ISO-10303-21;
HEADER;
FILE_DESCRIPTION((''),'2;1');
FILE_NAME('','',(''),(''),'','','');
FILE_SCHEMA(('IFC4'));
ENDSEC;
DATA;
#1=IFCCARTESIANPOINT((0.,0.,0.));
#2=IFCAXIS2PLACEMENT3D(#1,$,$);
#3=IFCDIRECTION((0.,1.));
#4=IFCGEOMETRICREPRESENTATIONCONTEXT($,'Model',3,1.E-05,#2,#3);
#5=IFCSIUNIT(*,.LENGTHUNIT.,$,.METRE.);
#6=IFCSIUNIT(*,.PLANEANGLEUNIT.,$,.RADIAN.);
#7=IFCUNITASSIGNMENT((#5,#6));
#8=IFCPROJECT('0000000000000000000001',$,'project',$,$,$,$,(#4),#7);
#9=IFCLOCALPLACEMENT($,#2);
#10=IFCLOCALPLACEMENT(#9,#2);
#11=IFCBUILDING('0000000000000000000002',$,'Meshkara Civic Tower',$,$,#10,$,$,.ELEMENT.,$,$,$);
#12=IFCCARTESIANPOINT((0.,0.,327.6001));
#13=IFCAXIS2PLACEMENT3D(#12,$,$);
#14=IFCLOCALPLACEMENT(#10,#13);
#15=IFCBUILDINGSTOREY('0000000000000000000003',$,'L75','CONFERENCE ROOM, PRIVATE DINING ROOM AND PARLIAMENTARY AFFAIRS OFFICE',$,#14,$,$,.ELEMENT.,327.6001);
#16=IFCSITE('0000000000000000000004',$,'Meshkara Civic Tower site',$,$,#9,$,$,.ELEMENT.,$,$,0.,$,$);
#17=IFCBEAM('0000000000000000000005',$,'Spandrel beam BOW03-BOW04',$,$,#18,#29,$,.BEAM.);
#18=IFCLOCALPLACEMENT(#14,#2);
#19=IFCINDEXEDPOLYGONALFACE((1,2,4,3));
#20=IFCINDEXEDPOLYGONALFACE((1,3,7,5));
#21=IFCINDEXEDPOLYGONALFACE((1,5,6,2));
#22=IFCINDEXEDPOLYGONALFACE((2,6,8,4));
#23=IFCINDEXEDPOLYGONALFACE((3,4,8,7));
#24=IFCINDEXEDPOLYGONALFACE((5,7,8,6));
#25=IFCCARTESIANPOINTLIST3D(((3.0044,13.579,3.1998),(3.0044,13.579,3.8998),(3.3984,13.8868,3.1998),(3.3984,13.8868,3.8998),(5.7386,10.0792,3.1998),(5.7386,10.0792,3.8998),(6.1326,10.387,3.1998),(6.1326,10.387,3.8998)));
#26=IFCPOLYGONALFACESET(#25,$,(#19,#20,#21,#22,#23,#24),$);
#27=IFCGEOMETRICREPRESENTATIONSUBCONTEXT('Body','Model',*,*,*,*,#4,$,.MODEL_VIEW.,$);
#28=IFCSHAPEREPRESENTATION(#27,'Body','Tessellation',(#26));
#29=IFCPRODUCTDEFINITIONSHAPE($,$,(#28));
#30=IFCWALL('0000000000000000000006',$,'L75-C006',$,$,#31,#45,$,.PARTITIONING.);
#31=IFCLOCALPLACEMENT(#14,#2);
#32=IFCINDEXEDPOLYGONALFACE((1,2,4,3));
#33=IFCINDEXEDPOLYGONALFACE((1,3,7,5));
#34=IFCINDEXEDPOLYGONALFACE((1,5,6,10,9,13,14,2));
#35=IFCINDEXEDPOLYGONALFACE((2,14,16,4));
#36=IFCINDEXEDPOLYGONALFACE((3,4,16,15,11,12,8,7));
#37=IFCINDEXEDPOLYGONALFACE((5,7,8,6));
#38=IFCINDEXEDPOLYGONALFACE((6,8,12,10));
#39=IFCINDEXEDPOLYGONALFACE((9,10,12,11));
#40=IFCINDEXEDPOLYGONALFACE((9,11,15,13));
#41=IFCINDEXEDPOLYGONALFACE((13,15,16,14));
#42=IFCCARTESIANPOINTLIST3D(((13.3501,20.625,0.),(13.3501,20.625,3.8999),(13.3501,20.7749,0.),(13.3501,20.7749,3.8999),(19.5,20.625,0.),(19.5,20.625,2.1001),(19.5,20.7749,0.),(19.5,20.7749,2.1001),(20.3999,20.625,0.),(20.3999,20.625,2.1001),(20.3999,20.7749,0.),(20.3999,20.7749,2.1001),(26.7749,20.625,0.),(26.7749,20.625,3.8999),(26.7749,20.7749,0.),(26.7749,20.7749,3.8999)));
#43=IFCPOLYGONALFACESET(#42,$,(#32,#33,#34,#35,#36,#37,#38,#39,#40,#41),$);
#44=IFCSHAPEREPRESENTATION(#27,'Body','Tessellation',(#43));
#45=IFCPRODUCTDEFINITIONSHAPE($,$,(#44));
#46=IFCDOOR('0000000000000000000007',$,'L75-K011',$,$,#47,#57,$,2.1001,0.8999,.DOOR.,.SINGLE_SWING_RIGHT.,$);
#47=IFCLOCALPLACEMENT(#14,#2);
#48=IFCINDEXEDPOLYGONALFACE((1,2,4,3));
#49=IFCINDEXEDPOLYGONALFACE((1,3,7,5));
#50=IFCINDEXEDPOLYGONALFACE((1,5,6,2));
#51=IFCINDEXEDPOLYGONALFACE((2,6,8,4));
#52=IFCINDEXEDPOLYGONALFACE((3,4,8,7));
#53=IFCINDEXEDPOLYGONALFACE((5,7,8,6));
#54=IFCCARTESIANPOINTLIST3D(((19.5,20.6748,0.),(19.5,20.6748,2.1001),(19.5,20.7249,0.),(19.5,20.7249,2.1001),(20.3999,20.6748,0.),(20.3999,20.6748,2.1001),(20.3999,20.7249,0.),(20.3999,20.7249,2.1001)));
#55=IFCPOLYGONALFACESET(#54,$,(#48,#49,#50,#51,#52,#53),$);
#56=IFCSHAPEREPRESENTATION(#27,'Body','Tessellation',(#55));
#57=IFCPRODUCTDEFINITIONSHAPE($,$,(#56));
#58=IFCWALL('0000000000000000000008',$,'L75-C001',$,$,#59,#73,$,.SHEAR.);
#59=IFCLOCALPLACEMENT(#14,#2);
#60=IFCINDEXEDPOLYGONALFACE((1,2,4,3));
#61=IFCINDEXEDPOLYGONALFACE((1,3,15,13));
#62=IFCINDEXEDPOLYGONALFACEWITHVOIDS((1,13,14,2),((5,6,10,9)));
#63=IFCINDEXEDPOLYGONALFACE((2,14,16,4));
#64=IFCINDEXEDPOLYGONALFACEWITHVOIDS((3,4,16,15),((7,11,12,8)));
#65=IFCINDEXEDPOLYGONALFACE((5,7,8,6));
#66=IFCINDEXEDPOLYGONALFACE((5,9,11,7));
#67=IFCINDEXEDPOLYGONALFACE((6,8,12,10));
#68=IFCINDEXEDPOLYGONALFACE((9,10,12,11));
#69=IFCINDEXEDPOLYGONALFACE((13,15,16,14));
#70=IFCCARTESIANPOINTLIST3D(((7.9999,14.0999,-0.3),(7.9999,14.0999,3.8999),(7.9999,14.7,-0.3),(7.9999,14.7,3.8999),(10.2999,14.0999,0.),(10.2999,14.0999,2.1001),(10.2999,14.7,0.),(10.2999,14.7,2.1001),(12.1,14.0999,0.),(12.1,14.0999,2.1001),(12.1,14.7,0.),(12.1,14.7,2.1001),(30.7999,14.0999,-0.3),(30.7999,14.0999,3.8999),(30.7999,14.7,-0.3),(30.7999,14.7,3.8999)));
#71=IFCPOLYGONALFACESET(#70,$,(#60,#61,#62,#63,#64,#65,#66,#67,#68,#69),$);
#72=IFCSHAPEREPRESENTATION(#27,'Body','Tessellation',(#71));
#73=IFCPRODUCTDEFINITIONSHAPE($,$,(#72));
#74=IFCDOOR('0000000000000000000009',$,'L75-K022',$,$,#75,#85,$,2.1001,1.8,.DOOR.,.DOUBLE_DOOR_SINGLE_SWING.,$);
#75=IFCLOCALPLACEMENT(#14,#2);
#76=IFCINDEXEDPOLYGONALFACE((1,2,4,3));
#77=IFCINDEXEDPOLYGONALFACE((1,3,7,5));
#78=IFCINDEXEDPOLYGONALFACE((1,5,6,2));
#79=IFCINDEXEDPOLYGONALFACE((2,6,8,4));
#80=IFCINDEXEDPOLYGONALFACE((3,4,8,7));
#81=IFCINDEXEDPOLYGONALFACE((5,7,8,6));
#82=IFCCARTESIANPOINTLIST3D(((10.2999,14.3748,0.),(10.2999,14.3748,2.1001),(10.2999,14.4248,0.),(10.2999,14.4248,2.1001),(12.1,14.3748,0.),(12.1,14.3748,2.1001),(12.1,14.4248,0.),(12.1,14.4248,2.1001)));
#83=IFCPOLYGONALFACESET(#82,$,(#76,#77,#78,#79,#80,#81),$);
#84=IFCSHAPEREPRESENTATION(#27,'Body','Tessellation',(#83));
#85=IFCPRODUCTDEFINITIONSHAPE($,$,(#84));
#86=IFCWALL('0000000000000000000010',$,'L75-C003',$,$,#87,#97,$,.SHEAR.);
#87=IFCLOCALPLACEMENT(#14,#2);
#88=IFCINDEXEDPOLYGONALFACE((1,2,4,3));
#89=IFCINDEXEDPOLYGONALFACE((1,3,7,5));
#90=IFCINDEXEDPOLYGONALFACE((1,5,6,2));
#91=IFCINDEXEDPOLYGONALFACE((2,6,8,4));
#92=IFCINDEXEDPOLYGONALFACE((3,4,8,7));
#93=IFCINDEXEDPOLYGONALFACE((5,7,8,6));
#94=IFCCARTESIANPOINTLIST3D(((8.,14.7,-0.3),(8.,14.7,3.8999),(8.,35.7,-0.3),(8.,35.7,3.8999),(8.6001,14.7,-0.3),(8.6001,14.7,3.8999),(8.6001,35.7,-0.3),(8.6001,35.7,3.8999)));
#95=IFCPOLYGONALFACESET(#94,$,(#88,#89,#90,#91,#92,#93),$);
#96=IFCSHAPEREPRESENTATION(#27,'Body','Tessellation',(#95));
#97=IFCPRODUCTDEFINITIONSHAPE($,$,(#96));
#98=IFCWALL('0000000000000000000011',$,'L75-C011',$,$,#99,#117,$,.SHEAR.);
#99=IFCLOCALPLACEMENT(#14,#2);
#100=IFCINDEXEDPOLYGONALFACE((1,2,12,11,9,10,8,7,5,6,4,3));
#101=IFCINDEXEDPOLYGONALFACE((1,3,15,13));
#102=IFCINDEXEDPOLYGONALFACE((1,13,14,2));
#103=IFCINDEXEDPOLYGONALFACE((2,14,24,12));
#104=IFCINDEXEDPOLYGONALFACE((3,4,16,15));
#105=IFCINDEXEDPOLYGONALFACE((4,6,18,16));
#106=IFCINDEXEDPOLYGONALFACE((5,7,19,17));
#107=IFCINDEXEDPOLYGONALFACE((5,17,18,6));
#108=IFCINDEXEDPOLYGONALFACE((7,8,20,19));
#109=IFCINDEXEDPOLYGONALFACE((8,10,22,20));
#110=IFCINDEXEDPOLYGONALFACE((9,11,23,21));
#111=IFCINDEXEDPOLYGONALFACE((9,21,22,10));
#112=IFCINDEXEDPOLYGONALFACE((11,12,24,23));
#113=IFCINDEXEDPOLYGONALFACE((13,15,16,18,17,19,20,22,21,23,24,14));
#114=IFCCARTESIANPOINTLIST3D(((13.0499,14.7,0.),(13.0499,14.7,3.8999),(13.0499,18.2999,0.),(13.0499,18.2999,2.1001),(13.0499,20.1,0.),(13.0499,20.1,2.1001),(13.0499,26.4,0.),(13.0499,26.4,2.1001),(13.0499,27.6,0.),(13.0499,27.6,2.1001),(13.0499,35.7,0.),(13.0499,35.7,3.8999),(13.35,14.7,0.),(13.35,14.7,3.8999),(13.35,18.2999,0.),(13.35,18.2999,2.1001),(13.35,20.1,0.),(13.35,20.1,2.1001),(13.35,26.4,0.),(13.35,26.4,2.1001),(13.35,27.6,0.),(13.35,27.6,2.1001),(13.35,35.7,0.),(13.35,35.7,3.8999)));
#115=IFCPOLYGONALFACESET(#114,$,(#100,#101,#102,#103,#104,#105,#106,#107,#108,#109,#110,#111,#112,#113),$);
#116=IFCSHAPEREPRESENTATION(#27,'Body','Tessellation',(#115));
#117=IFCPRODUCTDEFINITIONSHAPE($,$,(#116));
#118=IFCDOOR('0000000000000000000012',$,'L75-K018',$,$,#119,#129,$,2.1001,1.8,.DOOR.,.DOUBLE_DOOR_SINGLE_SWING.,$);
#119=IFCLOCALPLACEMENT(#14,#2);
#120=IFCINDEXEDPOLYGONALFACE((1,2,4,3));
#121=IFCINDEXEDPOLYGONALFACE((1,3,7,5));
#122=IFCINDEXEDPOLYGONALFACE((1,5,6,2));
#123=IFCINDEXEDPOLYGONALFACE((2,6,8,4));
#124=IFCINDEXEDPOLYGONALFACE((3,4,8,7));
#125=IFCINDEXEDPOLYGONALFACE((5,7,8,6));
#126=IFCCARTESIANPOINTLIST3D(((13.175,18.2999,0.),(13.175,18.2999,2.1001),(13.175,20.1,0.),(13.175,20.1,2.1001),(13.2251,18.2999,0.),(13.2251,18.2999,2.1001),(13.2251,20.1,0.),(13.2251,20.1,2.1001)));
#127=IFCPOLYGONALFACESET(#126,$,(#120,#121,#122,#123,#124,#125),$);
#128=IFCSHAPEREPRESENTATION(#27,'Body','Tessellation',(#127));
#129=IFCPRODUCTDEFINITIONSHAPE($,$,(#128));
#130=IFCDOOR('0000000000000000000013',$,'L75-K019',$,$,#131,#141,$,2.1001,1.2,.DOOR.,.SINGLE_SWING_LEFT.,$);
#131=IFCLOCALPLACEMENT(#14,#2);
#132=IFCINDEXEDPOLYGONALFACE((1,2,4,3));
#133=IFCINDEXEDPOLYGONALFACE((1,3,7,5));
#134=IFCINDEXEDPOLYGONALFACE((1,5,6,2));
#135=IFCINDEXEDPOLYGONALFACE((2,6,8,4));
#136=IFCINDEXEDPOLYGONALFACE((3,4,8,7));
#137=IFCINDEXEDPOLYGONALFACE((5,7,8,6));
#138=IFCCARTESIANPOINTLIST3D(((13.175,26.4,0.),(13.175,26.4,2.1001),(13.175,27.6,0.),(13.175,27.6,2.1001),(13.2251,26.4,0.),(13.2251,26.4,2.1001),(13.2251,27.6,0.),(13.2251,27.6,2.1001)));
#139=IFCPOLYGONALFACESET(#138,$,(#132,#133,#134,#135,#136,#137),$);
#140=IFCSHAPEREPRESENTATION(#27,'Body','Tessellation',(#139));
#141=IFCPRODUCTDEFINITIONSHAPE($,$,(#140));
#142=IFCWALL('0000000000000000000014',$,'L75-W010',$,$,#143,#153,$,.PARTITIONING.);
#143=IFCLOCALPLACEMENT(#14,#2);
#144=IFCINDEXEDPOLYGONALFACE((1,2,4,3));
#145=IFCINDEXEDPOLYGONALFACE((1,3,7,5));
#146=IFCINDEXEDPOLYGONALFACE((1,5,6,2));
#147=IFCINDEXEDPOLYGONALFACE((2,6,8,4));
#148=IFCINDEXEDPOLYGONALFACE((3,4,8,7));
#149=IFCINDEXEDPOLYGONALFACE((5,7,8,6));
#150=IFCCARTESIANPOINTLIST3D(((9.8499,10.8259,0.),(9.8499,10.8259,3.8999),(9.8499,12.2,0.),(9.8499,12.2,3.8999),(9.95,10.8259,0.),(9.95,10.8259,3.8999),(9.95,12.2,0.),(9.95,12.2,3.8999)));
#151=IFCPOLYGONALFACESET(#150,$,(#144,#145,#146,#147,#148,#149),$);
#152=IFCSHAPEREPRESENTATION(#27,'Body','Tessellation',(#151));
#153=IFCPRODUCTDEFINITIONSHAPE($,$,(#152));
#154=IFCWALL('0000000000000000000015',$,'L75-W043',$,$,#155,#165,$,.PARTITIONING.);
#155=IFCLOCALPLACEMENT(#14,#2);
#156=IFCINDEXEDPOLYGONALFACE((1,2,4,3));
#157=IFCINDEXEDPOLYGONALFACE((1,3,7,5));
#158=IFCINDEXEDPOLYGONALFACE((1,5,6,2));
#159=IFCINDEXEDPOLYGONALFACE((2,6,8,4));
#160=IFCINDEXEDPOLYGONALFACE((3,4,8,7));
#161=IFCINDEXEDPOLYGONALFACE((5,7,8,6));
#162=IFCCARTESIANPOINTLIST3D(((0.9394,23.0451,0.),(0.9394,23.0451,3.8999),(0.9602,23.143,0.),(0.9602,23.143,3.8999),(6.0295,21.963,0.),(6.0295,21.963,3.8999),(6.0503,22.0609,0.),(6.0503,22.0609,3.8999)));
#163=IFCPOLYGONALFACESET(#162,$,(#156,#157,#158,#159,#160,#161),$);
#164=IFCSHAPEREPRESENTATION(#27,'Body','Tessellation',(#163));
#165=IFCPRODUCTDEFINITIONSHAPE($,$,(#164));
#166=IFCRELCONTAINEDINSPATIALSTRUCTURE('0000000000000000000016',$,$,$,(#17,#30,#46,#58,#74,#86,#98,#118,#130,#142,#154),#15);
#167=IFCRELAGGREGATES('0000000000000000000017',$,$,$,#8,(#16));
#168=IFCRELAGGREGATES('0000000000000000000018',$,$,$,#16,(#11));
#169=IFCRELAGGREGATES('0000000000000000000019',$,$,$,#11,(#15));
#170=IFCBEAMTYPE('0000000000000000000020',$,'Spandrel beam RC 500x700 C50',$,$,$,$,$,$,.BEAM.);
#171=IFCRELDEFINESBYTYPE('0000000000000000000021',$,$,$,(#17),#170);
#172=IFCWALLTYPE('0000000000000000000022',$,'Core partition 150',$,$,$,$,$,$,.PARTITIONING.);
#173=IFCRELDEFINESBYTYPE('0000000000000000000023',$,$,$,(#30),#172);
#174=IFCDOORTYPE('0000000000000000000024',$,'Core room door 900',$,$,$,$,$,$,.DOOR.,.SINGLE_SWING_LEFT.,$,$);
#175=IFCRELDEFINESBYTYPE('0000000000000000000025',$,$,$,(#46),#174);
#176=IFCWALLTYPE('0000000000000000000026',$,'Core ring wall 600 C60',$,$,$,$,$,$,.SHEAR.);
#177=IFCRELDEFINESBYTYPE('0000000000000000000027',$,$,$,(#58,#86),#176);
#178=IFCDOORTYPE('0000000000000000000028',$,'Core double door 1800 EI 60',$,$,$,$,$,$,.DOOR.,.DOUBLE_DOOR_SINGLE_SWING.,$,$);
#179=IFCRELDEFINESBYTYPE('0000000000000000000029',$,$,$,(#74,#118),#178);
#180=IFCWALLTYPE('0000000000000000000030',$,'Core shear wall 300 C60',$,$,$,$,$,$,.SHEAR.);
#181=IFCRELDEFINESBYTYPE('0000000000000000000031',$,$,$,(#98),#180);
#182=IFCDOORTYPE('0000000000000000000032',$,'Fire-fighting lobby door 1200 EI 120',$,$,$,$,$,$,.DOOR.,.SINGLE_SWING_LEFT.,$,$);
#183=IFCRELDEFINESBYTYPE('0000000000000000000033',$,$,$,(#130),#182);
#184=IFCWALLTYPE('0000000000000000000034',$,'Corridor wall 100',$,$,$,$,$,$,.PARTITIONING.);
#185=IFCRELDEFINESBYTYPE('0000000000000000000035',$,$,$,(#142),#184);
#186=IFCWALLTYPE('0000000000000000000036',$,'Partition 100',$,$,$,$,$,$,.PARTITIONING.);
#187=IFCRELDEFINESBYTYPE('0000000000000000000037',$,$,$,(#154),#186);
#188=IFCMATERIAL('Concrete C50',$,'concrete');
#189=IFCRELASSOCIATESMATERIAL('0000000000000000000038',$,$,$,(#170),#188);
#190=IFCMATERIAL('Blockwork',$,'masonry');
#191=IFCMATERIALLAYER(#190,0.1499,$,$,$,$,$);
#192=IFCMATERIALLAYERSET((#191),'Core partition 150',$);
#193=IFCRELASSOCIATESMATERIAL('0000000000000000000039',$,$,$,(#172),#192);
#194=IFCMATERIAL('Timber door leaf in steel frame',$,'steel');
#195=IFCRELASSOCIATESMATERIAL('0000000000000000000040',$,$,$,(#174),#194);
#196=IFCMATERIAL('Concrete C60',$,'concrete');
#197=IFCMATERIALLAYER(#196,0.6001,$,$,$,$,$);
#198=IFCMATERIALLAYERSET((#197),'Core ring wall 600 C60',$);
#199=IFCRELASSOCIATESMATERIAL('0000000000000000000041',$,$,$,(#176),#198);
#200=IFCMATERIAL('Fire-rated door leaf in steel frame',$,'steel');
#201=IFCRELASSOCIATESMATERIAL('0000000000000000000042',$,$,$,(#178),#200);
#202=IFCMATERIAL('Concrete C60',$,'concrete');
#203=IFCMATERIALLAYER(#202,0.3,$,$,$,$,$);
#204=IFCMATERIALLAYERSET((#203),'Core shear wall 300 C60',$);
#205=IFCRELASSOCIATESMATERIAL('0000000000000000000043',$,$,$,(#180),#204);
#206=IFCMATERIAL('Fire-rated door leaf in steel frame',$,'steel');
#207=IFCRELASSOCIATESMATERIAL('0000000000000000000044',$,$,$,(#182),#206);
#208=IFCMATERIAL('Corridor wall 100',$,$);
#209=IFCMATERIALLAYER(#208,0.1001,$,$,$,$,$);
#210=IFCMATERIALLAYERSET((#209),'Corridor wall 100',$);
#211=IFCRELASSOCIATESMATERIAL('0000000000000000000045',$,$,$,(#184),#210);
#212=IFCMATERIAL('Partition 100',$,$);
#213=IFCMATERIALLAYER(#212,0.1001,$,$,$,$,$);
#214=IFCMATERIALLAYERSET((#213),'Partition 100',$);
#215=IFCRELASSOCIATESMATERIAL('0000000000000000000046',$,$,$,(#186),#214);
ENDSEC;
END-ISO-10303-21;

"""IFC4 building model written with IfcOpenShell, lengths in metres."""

from ifc_helpers import new_model, si_unit, direction, frame, frame_2d, origin, origin_2d, place, context, subcontext, project, spatial, rectangle, extrude, material, layer, layer_set, material_profile, profile_set, type_object, element, fill, save


model = new_model("IFC4")

# Units and contexts
model_context = context("Model", 3, precision=1e-05, world=origin(), true_north=direction((0.0, 1.0)))
body_context = subcontext(model_context, "Body", "Model", "MODEL_VIEW")
ifc_project = project(units=[si_unit("LENGTHUNIT", "METRE"), si_unit("PLANEANGLEUNIT", "RADIAN")], contexts=[model_context])

# Site, building, storey
site_placement = place(None, origin())
site = spatial("IfcSite", under=ifc_project, at=site_placement, Name="Meshkara Civic Tower site", CompositionType="ELEMENT", RefElevation=0.0)
building_placement = place(site_placement, origin())
building = spatial("IfcBuilding", under=site, at=building_placement, Name="Meshkara Civic Tower", CompositionType="ELEMENT")
storey_placement = place(building_placement, frame((0.0, 0.0, 327.6001)))
storey = spatial("IfcBuildingStorey", under=building, at=storey_placement, Name="L75", Description="CONFERENCE ROOM, PRIVATE DINING ROOM AND PARLIAMENTARY AFFAIRS OFFICE", CompositionType="ELEMENT", Elevation=327.6001)

# Beam
ifc_material_1 = material(Name="Concrete C50", Category="concrete")
ifc_material_profile = material_profile(ifc_material_1, rectangle(XDim=0.5, YDim=0.7, at=origin_2d()))
ifc_profile_set = profile_set([ifc_material_profile], Name="Concrete C50")
beam_type = type_object("IfcBeamType", Name="Spandrel beam RC 500x700 C50", PredefinedType="BEAM", material=ifc_profile_set)
beam_placement = place(storey_placement, frame((3.2014, 13.7329, 3.5498), z_axis=(0.615637, -0.78803, 0.0), x_axis=(0.78803, 0.615637, 0.0)))
element("IfcBeam", 1, at=beam_placement, inside=storey, type_object=beam_type, Name="Spandrel beam BOW03-BOW04", PredefinedType="BEAM", context=body_context, shape_type="SweptSolid", body=[
    extrude(rectangle(XDim=0.5, YDim=0.7, at=origin_2d()), origin(), (0.0, 0.0, 1.0), 4.4412),
])

# Walls, openings, doors
ifc_material_2 = material(Name="Blockwork", Category="masonry")
ifc_layer_1 = layer(ifc_material_2, 0.1499)
ifc_layer_set_1 = layer_set([ifc_layer_1], Name="Core partition 150")
wall_type_1 = type_object("IfcWallType", Name="Core partition 150", PredefinedType="PARTITIONING", material=ifc_layer_set_1)
wall_1_placement = place(storey_placement, frame((13.3501, 20.7, 0.0), z_axis=(0.0, 0.0, 1.0), x_axis=(1.0, 0.0, 0.0)))
wall_1 = element("IfcWall", 2, at=wall_1_placement, inside=storey, type_object=wall_type_1, Name="L75-C006", PredefinedType="PARTITIONING", context=body_context, shape_type="SweptSolid", body=[
    extrude(rectangle(XDim=13.4248, YDim=0.1499, at=frame_2d((6.7124, 0.0))), origin(), (0.0, 0.0, 1.0), 3.8999),
])
opening_1_placement = place(wall_1_placement, frame((6.1499, 0.0, 0.0)))
opening_1 = element("IfcOpeningElement", 3, at=opening_1_placement, cuts=wall_1, PredefinedType="OPENING", context=body_context, shape_type="SweptSolid", body=[
    extrude(rectangle(XDim=0.8999, YDim=2.1001, at=frame_2d((0.45, 1.05))), frame((0.0, 0.085, 0.0), z_axis=(0.0, -1.0, 0.0), x_axis=(1.0, 0.0, 0.0)), (0.0, 0.0, 1.0), 0.1699),
])
ifc_material_3 = material(Name="Timber door leaf in steel frame", Category="steel")
door_type_1 = type_object("IfcDoorType", Name="Core room door 900", OperationType="SINGLE_SWING_LEFT", PredefinedType="DOOR", material=ifc_material_3)
door_1_placement = place(opening_1_placement, origin())
door_1 = element("IfcDoor", 4, at=door_1_placement, inside=storey, type_object=door_type_1, Name="L75-K011", OperationType="SINGLE_SWING_RIGHT", OverallHeight=2.1001, OverallWidth=0.8999, PredefinedType="DOOR", context=body_context, shape_type="SweptSolid", body=[
    extrude(rectangle(XDim=0.8999, YDim=2.1001, at=frame_2d((0.45, 1.05))), frame((0.0, 0.0249, 0.0), z_axis=(0.0, -1.0, 0.0), x_axis=(1.0, 0.0, 0.0)), (0.0, 0.0, 1.0), 0.05),
])
fill(opening_1, door_1)
ifc_material_4 = material(Name="Concrete C60", Category="concrete")
ifc_layer_2 = layer(ifc_material_4, 0.6001)
ifc_layer_set_2 = layer_set([ifc_layer_2], Name="Core ring wall 600 C60")
wall_type_2 = type_object("IfcWallType", Name="Core ring wall 600 C60", PredefinedType="SHEAR", material=ifc_layer_set_2)
wall_2_placement = place(storey_placement, frame((8.0, 14.3999, -0.3), z_axis=(0.0, 0.0, 1.0), x_axis=(1.0, 0.0, 0.0)))
wall_2 = element("IfcWall", 5, at=wall_2_placement, inside=storey, type_object=wall_type_2, Name="L75-C001", PredefinedType="SHEAR", context=body_context, shape_type="SweptSolid", body=[
    extrude(rectangle(XDim=22.8, YDim=0.6001, at=frame_2d((11.3999, 0.0))), origin(), (0.0, 0.0, 1.0), 4.2),
])
opening_2_placement = place(wall_2_placement, frame((2.3, 0.0, 0.3)))
opening_2 = element("IfcOpeningElement", 6, at=opening_2_placement, cuts=wall_2, PredefinedType="OPENING", context=body_context, shape_type="SweptSolid", body=[
    extrude(rectangle(XDim=1.8, YDim=2.1001, at=frame_2d((0.8999, 1.05))), frame((0.0, 0.3101, 0.0), z_axis=(0.0, -1.0, 0.0), x_axis=(1.0, 0.0, 0.0)), (0.0, 0.0, 1.0), 0.6201),
])
ifc_material_5 = material(Name="Fire-rated door leaf in steel frame", Category="steel")
door_type_2 = type_object("IfcDoorType", Name="Core double door 1800 EI 60", OperationType="DOUBLE_DOOR_SINGLE_SWING", PredefinedType="DOOR", material=ifc_material_5)
door_2_placement = place(opening_2_placement, origin())
door_2 = element("IfcDoor", 7, at=door_2_placement, inside=storey, type_object=door_type_2, Name="L75-K022", OperationType="DOUBLE_DOOR_SINGLE_SWING", OverallHeight=2.1001, OverallWidth=1.8, PredefinedType="DOOR", context=body_context, shape_type="SweptSolid", body=[
    extrude(rectangle(XDim=1.8, YDim=2.1001, at=frame_2d((0.8999, 1.05))), frame((0.0, 0.0249, 0.0), z_axis=(0.0, -1.0, 0.0), x_axis=(1.0, 0.0, 0.0)), (0.0, 0.0, 1.0), 0.05),
])
fill(opening_2, door_2)

# Wall
wall_3_placement = place(storey_placement, frame((8.3, 14.7, -0.3), z_axis=(0.0, 0.0, 1.0), x_axis=(0.0, 1.0, 0.0)))
element("IfcWall", 8, at=wall_3_placement, inside=storey, type_object=wall_type_2, Name="L75-C003", PredefinedType="SHEAR", context=body_context, shape_type="SweptSolid", body=[
    extrude(rectangle(XDim=21.0, YDim=0.6001, at=frame_2d((10.5, 0.0))), origin(), (0.0, 0.0, 1.0), 4.2),
])

# Wall, openings, doors
ifc_material_6 = material(Name="Concrete C60", Category="concrete")
ifc_layer_3 = layer(ifc_material_6, 0.3)
ifc_layer_set_3 = layer_set([ifc_layer_3], Name="Core shear wall 300 C60")
wall_type_3 = type_object("IfcWallType", Name="Core shear wall 300 C60", PredefinedType="SHEAR", material=ifc_layer_set_3)
wall_4_placement = place(storey_placement, frame((13.2, 14.7, 0.0), z_axis=(0.0, 0.0, 1.0), x_axis=(0.0, 1.0, 0.0)))
wall_4 = element("IfcWall", 9, at=wall_4_placement, inside=storey, type_object=wall_type_3, Name="L75-C011", PredefinedType="SHEAR", context=body_context, shape_type="SweptSolid", body=[
    extrude(rectangle(XDim=21.0, YDim=0.3, at=frame_2d((10.5, 0.0))), origin(), (0.0, 0.0, 1.0), 3.8999),
])
opening_3_placement = place(wall_4_placement, frame((3.6001, 0.0, 0.0)))
opening_3 = element("IfcOpeningElement", 10, at=opening_3_placement, cuts=wall_4, PredefinedType="OPENING", context=body_context, shape_type="SweptSolid", body=[
    extrude(rectangle(XDim=1.8, YDim=2.1001, at=frame_2d((0.8999, 1.05))), frame((0.0, 0.1599, 0.0), z_axis=(0.0, -1.0, 0.0), x_axis=(1.0, 0.0, 0.0)), (0.0, 0.0, 1.0), 0.3201),
])
opening_4_placement = place(wall_4_placement, frame((11.7, 0.0, 0.0)))
opening_4 = element("IfcOpeningElement", 11, at=opening_4_placement, cuts=wall_4, PredefinedType="OPENING", context=body_context, shape_type="SweptSolid", body=[
    extrude(rectangle(XDim=1.2, YDim=2.1001, at=frame_2d((0.6001, 1.05))), frame((0.0, 0.1599, 0.0), z_axis=(0.0, -1.0, 0.0), x_axis=(1.0, 0.0, 0.0)), (0.0, 0.0, 1.0), 0.3201),
])
door_3_placement = place(opening_3_placement, origin())
door_3 = element("IfcDoor", 12, at=door_3_placement, inside=storey, type_object=door_type_2, Name="L75-K018", OperationType="DOUBLE_DOOR_SINGLE_SWING", OverallHeight=2.1001, OverallWidth=1.8, PredefinedType="DOOR", context=body_context, shape_type="SweptSolid", body=[
    extrude(rectangle(XDim=1.8, YDim=2.1001, at=frame_2d((0.8999, 1.05))), frame((0.0, 0.0249, 0.0), z_axis=(0.0, -1.0, 0.0), x_axis=(1.0, 0.0, 0.0)), (0.0, 0.0, 1.0), 0.05),
])
fill(opening_3, door_3)
ifc_material_7 = material(Name="Fire-rated door leaf in steel frame", Category="steel")
door_type_3 = type_object("IfcDoorType", Name="Fire-fighting lobby door 1200 EI 120", OperationType="SINGLE_SWING_LEFT", PredefinedType="DOOR", material=ifc_material_7)
door_4_placement = place(opening_4_placement, origin())
door_4 = element("IfcDoor", 13, at=door_4_placement, inside=storey, type_object=door_type_3, Name="L75-K019", OperationType="SINGLE_SWING_LEFT", OverallHeight=2.1001, OverallWidth=1.2, PredefinedType="DOOR", context=body_context, shape_type="SweptSolid", body=[
    extrude(rectangle(XDim=1.2, YDim=2.1001, at=frame_2d((0.6001, 1.05))), frame((0.0, 0.0249, 0.0), z_axis=(0.0, -1.0, 0.0), x_axis=(1.0, 0.0, 0.0)), (0.0, 0.0, 1.0), 0.05),
])
fill(opening_4, door_4)

# Walls
ifc_material_8 = material(Name="Corridor wall 100")
ifc_layer_4 = layer(ifc_material_8, 0.1001)
ifc_layer_set_4 = layer_set([ifc_layer_4], Name="Corridor wall 100")
wall_type_4 = type_object("IfcWallType", Name="Corridor wall 100", PredefinedType="PARTITIONING", material=ifc_layer_set_4)
wall_5_placement = place(storey_placement, frame((9.8999, 12.2, 0.0), z_axis=(0.0, 0.0, 1.0), x_axis=(0.0, -1.0, 0.0)))
element("IfcWall", 14, at=wall_5_placement, inside=storey, type_object=wall_type_4, Name="L75-W010", PredefinedType="PARTITIONING", context=body_context, shape_type="SweptSolid", body=[
    extrude(rectangle(XDim=1.374, YDim=0.1001, at=frame_2d((0.687, 0.0))), origin(), (0.0, 0.0, 1.0), 3.8999),
])
ifc_material_9 = material(Name="Partition 100")
ifc_layer_5 = layer(ifc_material_9, 0.1001)
ifc_layer_set_5 = layer_set([ifc_layer_5], Name="Partition 100")
wall_type_5 = type_object("IfcWallType", Name="Partition 100", PredefinedType="PARTITIONING", material=ifc_layer_set_5)
wall_6_placement = place(storey_placement, frame((6.04, 22.012, 0.0), z_axis=(0.0, 0.0, 1.0), x_axis=(-0.978144, 0.20793, 0.0)))
element("IfcWall", 15, at=wall_6_placement, inside=storey, type_object=wall_type_5, Name="L75-W043", PredefinedType="PARTITIONING", context=body_context, shape_type="SweptSolid", body=[
    extrude(rectangle(XDim=5.2039, YDim=0.1001, at=frame_2d((2.6021, 0.0))), origin(), (0.0, 0.0, 1.0), 3.8999),
])

save(model, "model.ifc")
